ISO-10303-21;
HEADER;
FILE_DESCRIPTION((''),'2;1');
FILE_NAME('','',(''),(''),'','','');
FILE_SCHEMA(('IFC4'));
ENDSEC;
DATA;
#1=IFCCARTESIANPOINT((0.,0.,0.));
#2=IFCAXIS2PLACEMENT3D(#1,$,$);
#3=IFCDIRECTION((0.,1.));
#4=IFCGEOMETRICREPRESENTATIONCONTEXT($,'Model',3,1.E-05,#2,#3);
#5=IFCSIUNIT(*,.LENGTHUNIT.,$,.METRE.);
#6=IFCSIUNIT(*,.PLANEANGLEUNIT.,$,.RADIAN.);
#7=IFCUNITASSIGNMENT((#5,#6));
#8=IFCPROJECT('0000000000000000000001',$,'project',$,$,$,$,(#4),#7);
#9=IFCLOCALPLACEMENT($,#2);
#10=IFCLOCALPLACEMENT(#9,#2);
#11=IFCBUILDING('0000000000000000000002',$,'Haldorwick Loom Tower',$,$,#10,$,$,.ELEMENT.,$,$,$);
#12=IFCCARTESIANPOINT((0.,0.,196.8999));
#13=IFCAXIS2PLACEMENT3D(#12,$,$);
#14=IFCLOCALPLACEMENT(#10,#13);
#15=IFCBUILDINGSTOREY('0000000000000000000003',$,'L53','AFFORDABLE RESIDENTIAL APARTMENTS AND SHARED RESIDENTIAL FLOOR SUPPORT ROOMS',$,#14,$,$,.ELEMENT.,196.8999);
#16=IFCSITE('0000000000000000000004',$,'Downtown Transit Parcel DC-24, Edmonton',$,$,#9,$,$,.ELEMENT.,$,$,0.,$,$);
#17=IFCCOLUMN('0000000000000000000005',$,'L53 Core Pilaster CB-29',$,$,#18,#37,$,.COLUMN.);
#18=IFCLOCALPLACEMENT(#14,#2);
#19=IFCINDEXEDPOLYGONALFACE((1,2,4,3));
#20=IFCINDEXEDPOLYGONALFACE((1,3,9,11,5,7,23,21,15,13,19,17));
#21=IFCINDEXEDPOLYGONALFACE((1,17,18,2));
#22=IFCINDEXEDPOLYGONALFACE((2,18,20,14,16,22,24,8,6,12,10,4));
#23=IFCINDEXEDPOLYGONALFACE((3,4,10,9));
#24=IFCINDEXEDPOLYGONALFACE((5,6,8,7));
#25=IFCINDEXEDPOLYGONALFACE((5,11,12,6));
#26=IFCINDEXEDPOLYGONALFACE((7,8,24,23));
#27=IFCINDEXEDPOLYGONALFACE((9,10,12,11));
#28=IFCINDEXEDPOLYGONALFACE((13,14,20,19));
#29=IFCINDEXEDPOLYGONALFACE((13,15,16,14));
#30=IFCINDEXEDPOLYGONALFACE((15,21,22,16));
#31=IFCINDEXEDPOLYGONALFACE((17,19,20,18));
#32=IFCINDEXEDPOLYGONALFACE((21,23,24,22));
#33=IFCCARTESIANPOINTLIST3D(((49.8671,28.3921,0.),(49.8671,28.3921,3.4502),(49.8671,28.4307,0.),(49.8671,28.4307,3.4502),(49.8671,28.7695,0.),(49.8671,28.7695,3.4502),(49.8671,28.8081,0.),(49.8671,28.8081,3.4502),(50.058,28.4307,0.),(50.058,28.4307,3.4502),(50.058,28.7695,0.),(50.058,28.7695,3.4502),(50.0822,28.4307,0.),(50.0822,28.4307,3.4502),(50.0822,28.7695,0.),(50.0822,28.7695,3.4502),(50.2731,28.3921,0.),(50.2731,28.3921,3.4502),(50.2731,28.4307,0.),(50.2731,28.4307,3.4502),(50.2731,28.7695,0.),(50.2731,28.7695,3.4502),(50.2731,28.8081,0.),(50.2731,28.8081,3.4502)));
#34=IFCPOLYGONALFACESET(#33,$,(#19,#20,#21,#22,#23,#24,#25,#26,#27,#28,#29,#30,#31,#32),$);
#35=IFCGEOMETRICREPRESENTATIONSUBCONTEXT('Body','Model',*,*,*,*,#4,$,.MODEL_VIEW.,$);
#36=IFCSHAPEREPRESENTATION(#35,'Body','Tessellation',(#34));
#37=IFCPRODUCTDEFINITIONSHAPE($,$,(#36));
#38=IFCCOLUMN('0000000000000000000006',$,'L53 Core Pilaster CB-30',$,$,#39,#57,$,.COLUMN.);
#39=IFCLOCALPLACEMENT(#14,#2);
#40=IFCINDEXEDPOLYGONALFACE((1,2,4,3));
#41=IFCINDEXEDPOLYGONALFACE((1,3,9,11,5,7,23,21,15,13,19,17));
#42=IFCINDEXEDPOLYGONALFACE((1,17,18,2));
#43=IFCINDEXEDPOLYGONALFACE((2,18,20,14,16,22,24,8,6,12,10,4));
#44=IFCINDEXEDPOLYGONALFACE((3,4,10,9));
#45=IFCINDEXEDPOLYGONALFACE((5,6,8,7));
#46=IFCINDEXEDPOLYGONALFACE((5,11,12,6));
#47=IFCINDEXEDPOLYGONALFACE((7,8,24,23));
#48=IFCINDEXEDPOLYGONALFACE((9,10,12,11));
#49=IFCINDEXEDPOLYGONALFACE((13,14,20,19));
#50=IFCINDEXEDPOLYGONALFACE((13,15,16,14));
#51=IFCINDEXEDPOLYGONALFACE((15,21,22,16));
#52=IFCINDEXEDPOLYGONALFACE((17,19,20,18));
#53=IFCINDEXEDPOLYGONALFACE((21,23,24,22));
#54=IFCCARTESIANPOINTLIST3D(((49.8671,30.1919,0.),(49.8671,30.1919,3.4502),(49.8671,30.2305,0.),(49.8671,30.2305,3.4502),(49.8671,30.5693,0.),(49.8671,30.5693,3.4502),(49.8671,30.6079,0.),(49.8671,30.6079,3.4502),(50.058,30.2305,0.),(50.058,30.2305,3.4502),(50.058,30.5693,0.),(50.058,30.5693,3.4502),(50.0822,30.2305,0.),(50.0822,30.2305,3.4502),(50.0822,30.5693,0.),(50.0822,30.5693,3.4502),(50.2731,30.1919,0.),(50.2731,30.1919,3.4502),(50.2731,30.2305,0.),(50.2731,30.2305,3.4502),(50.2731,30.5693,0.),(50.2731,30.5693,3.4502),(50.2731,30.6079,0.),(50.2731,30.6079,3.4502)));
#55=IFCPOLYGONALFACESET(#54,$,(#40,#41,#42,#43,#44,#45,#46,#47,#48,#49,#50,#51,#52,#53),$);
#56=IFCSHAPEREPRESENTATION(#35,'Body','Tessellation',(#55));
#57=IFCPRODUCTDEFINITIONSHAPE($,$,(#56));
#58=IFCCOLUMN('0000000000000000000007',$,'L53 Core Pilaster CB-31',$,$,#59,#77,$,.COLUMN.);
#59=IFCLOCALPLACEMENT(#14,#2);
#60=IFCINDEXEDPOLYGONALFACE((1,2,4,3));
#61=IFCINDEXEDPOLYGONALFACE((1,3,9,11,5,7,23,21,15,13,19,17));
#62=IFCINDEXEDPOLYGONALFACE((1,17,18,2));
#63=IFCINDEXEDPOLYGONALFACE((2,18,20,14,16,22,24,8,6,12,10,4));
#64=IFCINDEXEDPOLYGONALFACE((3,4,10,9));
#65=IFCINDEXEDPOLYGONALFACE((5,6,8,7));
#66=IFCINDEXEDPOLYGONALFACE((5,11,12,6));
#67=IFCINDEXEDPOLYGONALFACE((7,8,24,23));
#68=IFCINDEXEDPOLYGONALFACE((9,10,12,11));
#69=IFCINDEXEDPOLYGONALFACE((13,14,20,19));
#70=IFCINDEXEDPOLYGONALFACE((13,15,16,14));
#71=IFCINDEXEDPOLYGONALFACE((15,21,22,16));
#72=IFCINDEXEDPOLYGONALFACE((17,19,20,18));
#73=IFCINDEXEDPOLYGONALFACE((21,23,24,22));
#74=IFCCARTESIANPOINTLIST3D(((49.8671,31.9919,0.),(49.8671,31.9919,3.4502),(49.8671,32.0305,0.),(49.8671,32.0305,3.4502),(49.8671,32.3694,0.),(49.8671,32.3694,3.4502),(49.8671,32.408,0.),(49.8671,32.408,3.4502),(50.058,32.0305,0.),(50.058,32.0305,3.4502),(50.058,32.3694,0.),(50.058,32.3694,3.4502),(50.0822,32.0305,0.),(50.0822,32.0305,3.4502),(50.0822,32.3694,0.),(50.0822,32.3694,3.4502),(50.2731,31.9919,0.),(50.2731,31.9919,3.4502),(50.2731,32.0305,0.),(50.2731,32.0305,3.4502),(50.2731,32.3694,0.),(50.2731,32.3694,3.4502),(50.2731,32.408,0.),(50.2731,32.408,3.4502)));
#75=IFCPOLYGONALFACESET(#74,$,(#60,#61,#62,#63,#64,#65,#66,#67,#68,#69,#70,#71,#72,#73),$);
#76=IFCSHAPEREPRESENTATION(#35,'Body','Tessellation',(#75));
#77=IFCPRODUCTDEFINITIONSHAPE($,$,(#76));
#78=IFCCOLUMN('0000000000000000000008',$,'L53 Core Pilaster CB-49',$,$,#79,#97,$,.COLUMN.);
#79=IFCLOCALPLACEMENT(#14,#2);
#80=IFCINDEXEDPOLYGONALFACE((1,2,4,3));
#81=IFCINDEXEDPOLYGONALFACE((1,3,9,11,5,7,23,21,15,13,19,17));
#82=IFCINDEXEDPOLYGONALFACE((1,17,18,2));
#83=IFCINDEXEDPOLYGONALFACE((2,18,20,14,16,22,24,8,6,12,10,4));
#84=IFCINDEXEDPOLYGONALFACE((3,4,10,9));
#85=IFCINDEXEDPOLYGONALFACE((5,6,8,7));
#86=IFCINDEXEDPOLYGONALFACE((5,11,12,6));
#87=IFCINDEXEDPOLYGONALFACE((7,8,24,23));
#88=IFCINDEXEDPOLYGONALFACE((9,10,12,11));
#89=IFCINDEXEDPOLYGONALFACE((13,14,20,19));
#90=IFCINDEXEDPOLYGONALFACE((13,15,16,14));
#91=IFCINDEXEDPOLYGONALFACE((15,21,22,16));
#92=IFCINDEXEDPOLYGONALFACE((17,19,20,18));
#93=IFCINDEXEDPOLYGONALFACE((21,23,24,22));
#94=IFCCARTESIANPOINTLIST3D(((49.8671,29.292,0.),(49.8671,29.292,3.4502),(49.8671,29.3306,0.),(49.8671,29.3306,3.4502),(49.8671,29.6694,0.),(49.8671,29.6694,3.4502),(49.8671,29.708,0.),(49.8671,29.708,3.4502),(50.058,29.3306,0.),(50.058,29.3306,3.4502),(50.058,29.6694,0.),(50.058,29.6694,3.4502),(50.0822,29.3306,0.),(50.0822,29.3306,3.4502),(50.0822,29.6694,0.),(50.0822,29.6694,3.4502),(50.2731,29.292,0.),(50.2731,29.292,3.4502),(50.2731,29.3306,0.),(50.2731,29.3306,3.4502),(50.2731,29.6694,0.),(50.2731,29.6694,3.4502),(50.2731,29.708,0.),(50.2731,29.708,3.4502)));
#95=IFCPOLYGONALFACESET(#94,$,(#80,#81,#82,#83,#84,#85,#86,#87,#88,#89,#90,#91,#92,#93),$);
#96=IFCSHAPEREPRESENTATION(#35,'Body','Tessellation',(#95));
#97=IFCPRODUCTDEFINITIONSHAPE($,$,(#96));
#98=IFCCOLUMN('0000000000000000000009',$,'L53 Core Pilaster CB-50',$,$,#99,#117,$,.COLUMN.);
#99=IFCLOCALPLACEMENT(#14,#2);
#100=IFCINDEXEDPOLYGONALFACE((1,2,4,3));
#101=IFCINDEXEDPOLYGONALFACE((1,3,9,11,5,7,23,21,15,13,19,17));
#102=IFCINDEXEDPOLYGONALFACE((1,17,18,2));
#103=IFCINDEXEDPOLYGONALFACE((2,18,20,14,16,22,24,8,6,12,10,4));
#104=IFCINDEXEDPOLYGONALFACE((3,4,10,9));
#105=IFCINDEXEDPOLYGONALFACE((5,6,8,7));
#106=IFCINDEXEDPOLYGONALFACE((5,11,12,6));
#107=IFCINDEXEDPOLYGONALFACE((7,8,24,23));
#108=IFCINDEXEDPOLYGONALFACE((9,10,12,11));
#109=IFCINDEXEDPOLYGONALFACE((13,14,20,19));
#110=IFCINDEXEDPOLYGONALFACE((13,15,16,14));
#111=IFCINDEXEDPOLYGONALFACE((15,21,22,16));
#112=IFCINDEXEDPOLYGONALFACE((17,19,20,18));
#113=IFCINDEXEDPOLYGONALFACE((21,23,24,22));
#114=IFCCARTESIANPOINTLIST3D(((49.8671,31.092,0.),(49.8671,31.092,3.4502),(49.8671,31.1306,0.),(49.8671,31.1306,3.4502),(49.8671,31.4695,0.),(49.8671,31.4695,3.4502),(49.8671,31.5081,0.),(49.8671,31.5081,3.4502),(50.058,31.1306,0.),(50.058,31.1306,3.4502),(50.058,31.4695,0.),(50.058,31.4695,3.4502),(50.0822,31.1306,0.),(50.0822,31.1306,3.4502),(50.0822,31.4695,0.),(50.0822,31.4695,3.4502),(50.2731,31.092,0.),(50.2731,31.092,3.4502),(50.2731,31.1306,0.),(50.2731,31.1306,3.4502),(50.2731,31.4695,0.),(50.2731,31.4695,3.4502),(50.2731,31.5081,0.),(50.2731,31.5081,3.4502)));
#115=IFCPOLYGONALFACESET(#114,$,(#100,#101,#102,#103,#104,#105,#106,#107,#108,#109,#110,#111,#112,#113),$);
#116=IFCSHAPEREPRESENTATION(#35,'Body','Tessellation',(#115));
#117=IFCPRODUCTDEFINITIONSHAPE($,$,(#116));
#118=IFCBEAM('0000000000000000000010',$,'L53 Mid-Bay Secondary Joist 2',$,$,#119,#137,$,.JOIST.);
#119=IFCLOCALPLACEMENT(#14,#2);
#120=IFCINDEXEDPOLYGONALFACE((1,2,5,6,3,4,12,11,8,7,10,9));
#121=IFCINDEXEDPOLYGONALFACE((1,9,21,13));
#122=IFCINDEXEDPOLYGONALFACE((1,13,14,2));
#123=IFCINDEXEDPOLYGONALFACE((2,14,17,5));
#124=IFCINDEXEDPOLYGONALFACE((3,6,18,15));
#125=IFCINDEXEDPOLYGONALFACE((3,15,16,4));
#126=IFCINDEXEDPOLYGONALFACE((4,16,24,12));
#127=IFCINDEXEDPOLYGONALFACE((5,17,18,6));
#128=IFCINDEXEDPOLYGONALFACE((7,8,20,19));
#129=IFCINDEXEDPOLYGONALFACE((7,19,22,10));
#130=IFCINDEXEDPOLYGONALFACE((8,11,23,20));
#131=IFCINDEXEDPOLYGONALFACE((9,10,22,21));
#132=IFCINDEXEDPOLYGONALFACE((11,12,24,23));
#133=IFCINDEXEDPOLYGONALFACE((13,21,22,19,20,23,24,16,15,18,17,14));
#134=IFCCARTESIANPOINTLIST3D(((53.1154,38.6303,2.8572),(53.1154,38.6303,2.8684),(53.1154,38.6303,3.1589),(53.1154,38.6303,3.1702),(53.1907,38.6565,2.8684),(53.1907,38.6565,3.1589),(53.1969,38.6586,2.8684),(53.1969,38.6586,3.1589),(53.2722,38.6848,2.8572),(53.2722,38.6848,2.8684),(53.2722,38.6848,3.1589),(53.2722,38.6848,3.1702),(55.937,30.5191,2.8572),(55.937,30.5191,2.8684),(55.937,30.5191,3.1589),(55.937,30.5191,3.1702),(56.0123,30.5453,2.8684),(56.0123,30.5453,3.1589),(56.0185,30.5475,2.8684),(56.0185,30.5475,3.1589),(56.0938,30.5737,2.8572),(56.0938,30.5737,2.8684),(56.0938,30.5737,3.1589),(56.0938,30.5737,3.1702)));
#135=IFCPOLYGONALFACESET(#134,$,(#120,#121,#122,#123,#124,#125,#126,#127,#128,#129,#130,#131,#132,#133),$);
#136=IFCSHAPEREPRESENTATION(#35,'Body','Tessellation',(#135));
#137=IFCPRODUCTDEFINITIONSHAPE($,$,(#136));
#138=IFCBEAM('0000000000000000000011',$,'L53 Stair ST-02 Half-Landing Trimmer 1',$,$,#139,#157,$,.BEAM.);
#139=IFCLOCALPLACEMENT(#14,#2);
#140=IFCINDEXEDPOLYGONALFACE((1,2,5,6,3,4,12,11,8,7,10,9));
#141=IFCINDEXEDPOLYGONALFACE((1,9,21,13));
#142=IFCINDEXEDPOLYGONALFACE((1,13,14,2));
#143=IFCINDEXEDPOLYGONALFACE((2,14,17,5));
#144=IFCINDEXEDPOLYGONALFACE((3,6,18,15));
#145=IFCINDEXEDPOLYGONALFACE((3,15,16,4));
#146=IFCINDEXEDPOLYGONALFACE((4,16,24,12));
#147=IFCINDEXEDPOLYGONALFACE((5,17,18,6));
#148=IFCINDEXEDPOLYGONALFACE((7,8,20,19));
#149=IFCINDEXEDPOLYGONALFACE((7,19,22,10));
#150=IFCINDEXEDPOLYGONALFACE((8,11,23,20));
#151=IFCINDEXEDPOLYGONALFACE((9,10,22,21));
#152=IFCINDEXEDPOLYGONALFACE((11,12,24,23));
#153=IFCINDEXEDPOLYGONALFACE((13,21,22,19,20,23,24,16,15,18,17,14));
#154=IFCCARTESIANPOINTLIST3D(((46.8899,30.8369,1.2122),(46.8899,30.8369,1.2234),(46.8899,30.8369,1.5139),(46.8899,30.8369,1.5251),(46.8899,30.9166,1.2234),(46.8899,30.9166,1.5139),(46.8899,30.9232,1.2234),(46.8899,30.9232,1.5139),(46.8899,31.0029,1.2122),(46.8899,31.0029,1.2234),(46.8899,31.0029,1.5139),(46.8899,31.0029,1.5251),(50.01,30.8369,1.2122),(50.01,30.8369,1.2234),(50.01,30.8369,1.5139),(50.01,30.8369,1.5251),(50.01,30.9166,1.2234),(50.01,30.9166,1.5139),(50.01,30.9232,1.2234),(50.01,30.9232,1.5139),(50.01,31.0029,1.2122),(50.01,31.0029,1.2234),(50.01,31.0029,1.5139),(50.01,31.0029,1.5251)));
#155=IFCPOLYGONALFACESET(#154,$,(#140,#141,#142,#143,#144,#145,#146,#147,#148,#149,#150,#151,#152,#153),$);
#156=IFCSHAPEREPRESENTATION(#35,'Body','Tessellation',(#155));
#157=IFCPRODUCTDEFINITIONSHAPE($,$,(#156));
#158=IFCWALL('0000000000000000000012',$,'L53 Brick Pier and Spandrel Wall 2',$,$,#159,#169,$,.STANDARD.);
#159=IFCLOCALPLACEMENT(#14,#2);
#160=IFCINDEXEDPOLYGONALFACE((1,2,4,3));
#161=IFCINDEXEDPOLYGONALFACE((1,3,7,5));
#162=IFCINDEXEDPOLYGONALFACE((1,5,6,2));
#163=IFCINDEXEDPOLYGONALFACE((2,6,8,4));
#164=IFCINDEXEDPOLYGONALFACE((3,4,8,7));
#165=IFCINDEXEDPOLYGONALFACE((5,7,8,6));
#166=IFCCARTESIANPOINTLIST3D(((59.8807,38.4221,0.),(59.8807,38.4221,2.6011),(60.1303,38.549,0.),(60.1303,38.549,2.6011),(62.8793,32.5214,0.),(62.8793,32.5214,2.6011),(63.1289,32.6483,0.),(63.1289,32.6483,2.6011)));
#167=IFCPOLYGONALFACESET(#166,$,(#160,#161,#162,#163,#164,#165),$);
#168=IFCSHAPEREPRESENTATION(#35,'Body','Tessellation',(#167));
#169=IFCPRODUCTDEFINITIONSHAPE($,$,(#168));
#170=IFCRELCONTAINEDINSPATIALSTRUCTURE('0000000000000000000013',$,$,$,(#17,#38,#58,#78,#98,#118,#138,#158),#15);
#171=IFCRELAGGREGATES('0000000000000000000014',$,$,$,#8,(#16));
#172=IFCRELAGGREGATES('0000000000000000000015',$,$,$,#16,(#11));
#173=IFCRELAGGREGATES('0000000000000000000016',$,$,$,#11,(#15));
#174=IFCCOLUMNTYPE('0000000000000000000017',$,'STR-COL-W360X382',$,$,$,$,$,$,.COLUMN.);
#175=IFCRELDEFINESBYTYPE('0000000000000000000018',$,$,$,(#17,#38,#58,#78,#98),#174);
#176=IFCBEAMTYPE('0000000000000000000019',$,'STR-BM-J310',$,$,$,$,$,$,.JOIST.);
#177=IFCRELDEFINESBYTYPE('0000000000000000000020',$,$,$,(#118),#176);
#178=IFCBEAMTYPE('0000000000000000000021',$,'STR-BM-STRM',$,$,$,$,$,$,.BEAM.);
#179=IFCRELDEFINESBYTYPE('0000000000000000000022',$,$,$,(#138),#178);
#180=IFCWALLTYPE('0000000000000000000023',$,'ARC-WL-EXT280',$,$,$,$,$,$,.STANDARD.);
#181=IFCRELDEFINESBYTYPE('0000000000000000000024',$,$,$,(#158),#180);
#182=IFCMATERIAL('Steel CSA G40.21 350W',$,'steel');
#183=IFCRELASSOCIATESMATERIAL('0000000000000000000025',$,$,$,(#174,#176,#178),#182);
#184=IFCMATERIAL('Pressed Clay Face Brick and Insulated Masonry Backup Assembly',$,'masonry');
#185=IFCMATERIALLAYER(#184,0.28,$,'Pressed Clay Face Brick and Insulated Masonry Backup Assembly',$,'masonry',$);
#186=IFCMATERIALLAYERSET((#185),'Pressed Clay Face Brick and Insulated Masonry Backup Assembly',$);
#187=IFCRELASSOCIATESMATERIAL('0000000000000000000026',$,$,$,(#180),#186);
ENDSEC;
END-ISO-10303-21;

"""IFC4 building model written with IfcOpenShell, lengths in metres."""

from ifc_helpers import new_model, si_unit, direction, frame, frame_2d, origin, origin_2d, place, context, subcontext, project, spatial, rectangle, i_section, extrude, material, layer, layer_set, material_profile, profile_set, type_object, element, save


model = new_model("IFC4")

# Units and contexts
model_context = context("Model", 3, precision=1e-05, world=origin(), true_north=direction((0.0, 1.0)))
body_context = subcontext(model_context, "Body", "Model", "MODEL_VIEW")
ifc_project = project(units=[si_unit("LENGTHUNIT", "METRE"), si_unit("PLANEANGLEUNIT", "RADIAN")], contexts=[model_context])

# Site, building, storey
site_placement = place(None, origin())
site = spatial("IfcSite", under=ifc_project, at=site_placement, Name="Downtown Transit Parcel DC-24, Edmonton", CompositionType="ELEMENT", RefElevation=0.0)
building_placement = place(site_placement, origin())
building = spatial("IfcBuilding", under=site, at=building_placement, Name="Haldorwick Loom Tower", CompositionType="ELEMENT")
storey_placement = place(building_placement, frame((0.0, 0.0, 196.8999)))
storey = spatial("IfcBuildingStorey", under=building, at=storey_placement, Name="L53", Description="AFFORDABLE RESIDENTIAL APARTMENTS AND SHARED RESIDENTIAL FLOOR SUPPORT ROOMS", CompositionType="ELEMENT", Elevation=196.8999)

# Columns
ifc_material_1 = material(Name="Steel CSA G40.21 350W", Category="steel")
ifc_material_profile_1 = material_profile(ifc_material_1, i_section(OverallWidth=0.406, OverallDepth=0.416, WebThickness=0.0242, FlangeThickness=0.0386, at=origin_2d()), Name="W360X382", Category="steel")
ifc_profile_set_1 = profile_set([ifc_material_profile_1], Name="Steel CSA G40.21 350W")
column_type = type_object("IfcColumnType", Name="STR-COL-W360X382", PredefinedType="COLUMN", material=ifc_profile_set_1)
for number, where, z_axis, x_axis, name in (
    (1, (50.0701, 28.6001, 0.0), (0.0, 0.0, 1.0), (1.0, 0.0, 0.0), "L53 Core Pilaster CB-29"),
    (2, (50.0701, 30.3999, 0.0), (0.0, 0.0, 1.0), (1.0, 0.0, 0.0), "L53 Core Pilaster CB-30"),
    (3, (50.0701, 32.2, 0.0), (0.0, 0.0, 1.0), (1.0, 0.0, 0.0), "L53 Core Pilaster CB-31"),
    (4, (50.0701, 29.5, 0.0), (0.0, 0.0, 1.0), (1.0, 0.0, 0.0), "L53 Core Pilaster CB-49"),
    (5, (50.0701, 31.3, 0.0), (0.0, 0.0, 1.0), (1.0, 0.0, 0.0), "L53 Core Pilaster CB-50"),
):
    element("IfcColumn", number, at=place(storey_placement, frame(where, z_axis=z_axis, x_axis=x_axis)), inside=storey, type_object=column_type, Name=name, PredefinedType="COLUMN", context=body_context, shape_type="SweptSolid", body=[
        extrude(i_section(OverallWidth=0.406, OverallDepth=0.416, WebThickness=0.0242, FlangeThickness=0.0386, at=origin_2d()), origin(), (0.0, 0.0, 1.0), 3.4502),
    ])

# Beams
ifc_material_profile_2 = material_profile(ifc_material_1, i_section(OverallWidth=0.166, OverallDepth=0.313, WebThickness=0.0066, FlangeThickness=0.0112, at=origin_2d()), Name="W310X45", Category="steel")
ifc_profile_set_2 = profile_set([ifc_material_profile_2], Name="Steel CSA G40.21 350W")
beam_type_1 = type_object("IfcBeamType", Name="STR-BM-J310", PredefinedType="JOIST", material=ifc_profile_set_2)
beam_1_placement = place(storey_placement, frame((56.0154, 30.5464, 3.0137), z_axis=(-0.32855, 0.944486, 0.0), x_axis=(-0.944486, -0.32855, 0.0)))
element("IfcBeam", 6, at=beam_1_placement, inside=storey, type_object=beam_type_1, Name="L53 Mid-Bay Secondary Joist 2", PredefinedType="JOIST", context=body_context, shape_type="SweptSolid", body=[
    extrude(i_section(OverallWidth=0.166, OverallDepth=0.313, WebThickness=0.0066, FlangeThickness=0.0112, at=origin_2d()), origin(), (0.0, 0.0, 1.0), 8.5879),
])
ifc_material_profile_3 = material_profile(ifc_material_1, i_section(OverallWidth=0.166, OverallDepth=0.313, WebThickness=0.0066, FlangeThickness=0.0112, at=origin_2d()), Name="W310X45", Category="steel")
ifc_profile_set_3 = profile_set([ifc_material_profile_3], Name="Steel CSA G40.21 350W")
beam_type_2 = type_object("IfcBeamType", Name="STR-BM-STRM", PredefinedType="BEAM", material=ifc_profile_set_3)
beam_2_placement = place(storey_placement, frame((46.8899, 30.9199, 1.3687), z_axis=(1.0, 0.0, 0.0), x_axis=(0.0, 1.0, 0.0)))
element("IfcBeam", 7, at=beam_2_placement, inside=storey, type_object=beam_type_2, Name="L53 Stair ST-02 Half-Landing Trimmer 1", PredefinedType="BEAM", context=body_context, shape_type="SweptSolid", body=[
    extrude(i_section(OverallWidth=0.166, OverallDepth=0.313, WebThickness=0.0066, FlangeThickness=0.0112, at=origin_2d()), origin(), (0.0, 0.0, 1.0), 3.1201),
])

# Wall
ifc_material_2 = material(Name="Pressed Clay Face Brick and Insulated Masonry Backup Assembly", Category="masonry")
ifc_layer_1 = layer(ifc_material_2, 0.28, Name="Pressed Clay Face Brick and Insulated Masonry Backup Assembly", Category="masonry")
ifc_layer_set_1 = layer_set([ifc_layer_1], Name="Pressed Clay Face Brick and Insulated Masonry Backup Assembly")
wall_type_1 = type_object("IfcWallType", Name="ARC-WL-EXT280", PredefinedType="STANDARD", material=ifc_layer_set_1)
wall_1_placement = place(storey_placement, frame((63.0042, 32.5847, 0.0), z_axis=(0.0, 0.0, 1.0), x_axis=(-0.453032, 0.891494, 0.0)))
element("IfcWall", 8, at=wall_1_placement, inside=storey, type_object=wall_type_1, Name="L53 Brick Pier and Spandrel Wall 2", PredefinedType="STANDARD", context=body_context, shape_type="SweptSolid", body=[
    extrude(rectangle(XDim=6.6189, YDim=0.28, at=frame_2d((3.3096, 0.0))), origin(), (0.0, 0.0, 1.0), 2.6011),
])

save(model, "model.ifc")
